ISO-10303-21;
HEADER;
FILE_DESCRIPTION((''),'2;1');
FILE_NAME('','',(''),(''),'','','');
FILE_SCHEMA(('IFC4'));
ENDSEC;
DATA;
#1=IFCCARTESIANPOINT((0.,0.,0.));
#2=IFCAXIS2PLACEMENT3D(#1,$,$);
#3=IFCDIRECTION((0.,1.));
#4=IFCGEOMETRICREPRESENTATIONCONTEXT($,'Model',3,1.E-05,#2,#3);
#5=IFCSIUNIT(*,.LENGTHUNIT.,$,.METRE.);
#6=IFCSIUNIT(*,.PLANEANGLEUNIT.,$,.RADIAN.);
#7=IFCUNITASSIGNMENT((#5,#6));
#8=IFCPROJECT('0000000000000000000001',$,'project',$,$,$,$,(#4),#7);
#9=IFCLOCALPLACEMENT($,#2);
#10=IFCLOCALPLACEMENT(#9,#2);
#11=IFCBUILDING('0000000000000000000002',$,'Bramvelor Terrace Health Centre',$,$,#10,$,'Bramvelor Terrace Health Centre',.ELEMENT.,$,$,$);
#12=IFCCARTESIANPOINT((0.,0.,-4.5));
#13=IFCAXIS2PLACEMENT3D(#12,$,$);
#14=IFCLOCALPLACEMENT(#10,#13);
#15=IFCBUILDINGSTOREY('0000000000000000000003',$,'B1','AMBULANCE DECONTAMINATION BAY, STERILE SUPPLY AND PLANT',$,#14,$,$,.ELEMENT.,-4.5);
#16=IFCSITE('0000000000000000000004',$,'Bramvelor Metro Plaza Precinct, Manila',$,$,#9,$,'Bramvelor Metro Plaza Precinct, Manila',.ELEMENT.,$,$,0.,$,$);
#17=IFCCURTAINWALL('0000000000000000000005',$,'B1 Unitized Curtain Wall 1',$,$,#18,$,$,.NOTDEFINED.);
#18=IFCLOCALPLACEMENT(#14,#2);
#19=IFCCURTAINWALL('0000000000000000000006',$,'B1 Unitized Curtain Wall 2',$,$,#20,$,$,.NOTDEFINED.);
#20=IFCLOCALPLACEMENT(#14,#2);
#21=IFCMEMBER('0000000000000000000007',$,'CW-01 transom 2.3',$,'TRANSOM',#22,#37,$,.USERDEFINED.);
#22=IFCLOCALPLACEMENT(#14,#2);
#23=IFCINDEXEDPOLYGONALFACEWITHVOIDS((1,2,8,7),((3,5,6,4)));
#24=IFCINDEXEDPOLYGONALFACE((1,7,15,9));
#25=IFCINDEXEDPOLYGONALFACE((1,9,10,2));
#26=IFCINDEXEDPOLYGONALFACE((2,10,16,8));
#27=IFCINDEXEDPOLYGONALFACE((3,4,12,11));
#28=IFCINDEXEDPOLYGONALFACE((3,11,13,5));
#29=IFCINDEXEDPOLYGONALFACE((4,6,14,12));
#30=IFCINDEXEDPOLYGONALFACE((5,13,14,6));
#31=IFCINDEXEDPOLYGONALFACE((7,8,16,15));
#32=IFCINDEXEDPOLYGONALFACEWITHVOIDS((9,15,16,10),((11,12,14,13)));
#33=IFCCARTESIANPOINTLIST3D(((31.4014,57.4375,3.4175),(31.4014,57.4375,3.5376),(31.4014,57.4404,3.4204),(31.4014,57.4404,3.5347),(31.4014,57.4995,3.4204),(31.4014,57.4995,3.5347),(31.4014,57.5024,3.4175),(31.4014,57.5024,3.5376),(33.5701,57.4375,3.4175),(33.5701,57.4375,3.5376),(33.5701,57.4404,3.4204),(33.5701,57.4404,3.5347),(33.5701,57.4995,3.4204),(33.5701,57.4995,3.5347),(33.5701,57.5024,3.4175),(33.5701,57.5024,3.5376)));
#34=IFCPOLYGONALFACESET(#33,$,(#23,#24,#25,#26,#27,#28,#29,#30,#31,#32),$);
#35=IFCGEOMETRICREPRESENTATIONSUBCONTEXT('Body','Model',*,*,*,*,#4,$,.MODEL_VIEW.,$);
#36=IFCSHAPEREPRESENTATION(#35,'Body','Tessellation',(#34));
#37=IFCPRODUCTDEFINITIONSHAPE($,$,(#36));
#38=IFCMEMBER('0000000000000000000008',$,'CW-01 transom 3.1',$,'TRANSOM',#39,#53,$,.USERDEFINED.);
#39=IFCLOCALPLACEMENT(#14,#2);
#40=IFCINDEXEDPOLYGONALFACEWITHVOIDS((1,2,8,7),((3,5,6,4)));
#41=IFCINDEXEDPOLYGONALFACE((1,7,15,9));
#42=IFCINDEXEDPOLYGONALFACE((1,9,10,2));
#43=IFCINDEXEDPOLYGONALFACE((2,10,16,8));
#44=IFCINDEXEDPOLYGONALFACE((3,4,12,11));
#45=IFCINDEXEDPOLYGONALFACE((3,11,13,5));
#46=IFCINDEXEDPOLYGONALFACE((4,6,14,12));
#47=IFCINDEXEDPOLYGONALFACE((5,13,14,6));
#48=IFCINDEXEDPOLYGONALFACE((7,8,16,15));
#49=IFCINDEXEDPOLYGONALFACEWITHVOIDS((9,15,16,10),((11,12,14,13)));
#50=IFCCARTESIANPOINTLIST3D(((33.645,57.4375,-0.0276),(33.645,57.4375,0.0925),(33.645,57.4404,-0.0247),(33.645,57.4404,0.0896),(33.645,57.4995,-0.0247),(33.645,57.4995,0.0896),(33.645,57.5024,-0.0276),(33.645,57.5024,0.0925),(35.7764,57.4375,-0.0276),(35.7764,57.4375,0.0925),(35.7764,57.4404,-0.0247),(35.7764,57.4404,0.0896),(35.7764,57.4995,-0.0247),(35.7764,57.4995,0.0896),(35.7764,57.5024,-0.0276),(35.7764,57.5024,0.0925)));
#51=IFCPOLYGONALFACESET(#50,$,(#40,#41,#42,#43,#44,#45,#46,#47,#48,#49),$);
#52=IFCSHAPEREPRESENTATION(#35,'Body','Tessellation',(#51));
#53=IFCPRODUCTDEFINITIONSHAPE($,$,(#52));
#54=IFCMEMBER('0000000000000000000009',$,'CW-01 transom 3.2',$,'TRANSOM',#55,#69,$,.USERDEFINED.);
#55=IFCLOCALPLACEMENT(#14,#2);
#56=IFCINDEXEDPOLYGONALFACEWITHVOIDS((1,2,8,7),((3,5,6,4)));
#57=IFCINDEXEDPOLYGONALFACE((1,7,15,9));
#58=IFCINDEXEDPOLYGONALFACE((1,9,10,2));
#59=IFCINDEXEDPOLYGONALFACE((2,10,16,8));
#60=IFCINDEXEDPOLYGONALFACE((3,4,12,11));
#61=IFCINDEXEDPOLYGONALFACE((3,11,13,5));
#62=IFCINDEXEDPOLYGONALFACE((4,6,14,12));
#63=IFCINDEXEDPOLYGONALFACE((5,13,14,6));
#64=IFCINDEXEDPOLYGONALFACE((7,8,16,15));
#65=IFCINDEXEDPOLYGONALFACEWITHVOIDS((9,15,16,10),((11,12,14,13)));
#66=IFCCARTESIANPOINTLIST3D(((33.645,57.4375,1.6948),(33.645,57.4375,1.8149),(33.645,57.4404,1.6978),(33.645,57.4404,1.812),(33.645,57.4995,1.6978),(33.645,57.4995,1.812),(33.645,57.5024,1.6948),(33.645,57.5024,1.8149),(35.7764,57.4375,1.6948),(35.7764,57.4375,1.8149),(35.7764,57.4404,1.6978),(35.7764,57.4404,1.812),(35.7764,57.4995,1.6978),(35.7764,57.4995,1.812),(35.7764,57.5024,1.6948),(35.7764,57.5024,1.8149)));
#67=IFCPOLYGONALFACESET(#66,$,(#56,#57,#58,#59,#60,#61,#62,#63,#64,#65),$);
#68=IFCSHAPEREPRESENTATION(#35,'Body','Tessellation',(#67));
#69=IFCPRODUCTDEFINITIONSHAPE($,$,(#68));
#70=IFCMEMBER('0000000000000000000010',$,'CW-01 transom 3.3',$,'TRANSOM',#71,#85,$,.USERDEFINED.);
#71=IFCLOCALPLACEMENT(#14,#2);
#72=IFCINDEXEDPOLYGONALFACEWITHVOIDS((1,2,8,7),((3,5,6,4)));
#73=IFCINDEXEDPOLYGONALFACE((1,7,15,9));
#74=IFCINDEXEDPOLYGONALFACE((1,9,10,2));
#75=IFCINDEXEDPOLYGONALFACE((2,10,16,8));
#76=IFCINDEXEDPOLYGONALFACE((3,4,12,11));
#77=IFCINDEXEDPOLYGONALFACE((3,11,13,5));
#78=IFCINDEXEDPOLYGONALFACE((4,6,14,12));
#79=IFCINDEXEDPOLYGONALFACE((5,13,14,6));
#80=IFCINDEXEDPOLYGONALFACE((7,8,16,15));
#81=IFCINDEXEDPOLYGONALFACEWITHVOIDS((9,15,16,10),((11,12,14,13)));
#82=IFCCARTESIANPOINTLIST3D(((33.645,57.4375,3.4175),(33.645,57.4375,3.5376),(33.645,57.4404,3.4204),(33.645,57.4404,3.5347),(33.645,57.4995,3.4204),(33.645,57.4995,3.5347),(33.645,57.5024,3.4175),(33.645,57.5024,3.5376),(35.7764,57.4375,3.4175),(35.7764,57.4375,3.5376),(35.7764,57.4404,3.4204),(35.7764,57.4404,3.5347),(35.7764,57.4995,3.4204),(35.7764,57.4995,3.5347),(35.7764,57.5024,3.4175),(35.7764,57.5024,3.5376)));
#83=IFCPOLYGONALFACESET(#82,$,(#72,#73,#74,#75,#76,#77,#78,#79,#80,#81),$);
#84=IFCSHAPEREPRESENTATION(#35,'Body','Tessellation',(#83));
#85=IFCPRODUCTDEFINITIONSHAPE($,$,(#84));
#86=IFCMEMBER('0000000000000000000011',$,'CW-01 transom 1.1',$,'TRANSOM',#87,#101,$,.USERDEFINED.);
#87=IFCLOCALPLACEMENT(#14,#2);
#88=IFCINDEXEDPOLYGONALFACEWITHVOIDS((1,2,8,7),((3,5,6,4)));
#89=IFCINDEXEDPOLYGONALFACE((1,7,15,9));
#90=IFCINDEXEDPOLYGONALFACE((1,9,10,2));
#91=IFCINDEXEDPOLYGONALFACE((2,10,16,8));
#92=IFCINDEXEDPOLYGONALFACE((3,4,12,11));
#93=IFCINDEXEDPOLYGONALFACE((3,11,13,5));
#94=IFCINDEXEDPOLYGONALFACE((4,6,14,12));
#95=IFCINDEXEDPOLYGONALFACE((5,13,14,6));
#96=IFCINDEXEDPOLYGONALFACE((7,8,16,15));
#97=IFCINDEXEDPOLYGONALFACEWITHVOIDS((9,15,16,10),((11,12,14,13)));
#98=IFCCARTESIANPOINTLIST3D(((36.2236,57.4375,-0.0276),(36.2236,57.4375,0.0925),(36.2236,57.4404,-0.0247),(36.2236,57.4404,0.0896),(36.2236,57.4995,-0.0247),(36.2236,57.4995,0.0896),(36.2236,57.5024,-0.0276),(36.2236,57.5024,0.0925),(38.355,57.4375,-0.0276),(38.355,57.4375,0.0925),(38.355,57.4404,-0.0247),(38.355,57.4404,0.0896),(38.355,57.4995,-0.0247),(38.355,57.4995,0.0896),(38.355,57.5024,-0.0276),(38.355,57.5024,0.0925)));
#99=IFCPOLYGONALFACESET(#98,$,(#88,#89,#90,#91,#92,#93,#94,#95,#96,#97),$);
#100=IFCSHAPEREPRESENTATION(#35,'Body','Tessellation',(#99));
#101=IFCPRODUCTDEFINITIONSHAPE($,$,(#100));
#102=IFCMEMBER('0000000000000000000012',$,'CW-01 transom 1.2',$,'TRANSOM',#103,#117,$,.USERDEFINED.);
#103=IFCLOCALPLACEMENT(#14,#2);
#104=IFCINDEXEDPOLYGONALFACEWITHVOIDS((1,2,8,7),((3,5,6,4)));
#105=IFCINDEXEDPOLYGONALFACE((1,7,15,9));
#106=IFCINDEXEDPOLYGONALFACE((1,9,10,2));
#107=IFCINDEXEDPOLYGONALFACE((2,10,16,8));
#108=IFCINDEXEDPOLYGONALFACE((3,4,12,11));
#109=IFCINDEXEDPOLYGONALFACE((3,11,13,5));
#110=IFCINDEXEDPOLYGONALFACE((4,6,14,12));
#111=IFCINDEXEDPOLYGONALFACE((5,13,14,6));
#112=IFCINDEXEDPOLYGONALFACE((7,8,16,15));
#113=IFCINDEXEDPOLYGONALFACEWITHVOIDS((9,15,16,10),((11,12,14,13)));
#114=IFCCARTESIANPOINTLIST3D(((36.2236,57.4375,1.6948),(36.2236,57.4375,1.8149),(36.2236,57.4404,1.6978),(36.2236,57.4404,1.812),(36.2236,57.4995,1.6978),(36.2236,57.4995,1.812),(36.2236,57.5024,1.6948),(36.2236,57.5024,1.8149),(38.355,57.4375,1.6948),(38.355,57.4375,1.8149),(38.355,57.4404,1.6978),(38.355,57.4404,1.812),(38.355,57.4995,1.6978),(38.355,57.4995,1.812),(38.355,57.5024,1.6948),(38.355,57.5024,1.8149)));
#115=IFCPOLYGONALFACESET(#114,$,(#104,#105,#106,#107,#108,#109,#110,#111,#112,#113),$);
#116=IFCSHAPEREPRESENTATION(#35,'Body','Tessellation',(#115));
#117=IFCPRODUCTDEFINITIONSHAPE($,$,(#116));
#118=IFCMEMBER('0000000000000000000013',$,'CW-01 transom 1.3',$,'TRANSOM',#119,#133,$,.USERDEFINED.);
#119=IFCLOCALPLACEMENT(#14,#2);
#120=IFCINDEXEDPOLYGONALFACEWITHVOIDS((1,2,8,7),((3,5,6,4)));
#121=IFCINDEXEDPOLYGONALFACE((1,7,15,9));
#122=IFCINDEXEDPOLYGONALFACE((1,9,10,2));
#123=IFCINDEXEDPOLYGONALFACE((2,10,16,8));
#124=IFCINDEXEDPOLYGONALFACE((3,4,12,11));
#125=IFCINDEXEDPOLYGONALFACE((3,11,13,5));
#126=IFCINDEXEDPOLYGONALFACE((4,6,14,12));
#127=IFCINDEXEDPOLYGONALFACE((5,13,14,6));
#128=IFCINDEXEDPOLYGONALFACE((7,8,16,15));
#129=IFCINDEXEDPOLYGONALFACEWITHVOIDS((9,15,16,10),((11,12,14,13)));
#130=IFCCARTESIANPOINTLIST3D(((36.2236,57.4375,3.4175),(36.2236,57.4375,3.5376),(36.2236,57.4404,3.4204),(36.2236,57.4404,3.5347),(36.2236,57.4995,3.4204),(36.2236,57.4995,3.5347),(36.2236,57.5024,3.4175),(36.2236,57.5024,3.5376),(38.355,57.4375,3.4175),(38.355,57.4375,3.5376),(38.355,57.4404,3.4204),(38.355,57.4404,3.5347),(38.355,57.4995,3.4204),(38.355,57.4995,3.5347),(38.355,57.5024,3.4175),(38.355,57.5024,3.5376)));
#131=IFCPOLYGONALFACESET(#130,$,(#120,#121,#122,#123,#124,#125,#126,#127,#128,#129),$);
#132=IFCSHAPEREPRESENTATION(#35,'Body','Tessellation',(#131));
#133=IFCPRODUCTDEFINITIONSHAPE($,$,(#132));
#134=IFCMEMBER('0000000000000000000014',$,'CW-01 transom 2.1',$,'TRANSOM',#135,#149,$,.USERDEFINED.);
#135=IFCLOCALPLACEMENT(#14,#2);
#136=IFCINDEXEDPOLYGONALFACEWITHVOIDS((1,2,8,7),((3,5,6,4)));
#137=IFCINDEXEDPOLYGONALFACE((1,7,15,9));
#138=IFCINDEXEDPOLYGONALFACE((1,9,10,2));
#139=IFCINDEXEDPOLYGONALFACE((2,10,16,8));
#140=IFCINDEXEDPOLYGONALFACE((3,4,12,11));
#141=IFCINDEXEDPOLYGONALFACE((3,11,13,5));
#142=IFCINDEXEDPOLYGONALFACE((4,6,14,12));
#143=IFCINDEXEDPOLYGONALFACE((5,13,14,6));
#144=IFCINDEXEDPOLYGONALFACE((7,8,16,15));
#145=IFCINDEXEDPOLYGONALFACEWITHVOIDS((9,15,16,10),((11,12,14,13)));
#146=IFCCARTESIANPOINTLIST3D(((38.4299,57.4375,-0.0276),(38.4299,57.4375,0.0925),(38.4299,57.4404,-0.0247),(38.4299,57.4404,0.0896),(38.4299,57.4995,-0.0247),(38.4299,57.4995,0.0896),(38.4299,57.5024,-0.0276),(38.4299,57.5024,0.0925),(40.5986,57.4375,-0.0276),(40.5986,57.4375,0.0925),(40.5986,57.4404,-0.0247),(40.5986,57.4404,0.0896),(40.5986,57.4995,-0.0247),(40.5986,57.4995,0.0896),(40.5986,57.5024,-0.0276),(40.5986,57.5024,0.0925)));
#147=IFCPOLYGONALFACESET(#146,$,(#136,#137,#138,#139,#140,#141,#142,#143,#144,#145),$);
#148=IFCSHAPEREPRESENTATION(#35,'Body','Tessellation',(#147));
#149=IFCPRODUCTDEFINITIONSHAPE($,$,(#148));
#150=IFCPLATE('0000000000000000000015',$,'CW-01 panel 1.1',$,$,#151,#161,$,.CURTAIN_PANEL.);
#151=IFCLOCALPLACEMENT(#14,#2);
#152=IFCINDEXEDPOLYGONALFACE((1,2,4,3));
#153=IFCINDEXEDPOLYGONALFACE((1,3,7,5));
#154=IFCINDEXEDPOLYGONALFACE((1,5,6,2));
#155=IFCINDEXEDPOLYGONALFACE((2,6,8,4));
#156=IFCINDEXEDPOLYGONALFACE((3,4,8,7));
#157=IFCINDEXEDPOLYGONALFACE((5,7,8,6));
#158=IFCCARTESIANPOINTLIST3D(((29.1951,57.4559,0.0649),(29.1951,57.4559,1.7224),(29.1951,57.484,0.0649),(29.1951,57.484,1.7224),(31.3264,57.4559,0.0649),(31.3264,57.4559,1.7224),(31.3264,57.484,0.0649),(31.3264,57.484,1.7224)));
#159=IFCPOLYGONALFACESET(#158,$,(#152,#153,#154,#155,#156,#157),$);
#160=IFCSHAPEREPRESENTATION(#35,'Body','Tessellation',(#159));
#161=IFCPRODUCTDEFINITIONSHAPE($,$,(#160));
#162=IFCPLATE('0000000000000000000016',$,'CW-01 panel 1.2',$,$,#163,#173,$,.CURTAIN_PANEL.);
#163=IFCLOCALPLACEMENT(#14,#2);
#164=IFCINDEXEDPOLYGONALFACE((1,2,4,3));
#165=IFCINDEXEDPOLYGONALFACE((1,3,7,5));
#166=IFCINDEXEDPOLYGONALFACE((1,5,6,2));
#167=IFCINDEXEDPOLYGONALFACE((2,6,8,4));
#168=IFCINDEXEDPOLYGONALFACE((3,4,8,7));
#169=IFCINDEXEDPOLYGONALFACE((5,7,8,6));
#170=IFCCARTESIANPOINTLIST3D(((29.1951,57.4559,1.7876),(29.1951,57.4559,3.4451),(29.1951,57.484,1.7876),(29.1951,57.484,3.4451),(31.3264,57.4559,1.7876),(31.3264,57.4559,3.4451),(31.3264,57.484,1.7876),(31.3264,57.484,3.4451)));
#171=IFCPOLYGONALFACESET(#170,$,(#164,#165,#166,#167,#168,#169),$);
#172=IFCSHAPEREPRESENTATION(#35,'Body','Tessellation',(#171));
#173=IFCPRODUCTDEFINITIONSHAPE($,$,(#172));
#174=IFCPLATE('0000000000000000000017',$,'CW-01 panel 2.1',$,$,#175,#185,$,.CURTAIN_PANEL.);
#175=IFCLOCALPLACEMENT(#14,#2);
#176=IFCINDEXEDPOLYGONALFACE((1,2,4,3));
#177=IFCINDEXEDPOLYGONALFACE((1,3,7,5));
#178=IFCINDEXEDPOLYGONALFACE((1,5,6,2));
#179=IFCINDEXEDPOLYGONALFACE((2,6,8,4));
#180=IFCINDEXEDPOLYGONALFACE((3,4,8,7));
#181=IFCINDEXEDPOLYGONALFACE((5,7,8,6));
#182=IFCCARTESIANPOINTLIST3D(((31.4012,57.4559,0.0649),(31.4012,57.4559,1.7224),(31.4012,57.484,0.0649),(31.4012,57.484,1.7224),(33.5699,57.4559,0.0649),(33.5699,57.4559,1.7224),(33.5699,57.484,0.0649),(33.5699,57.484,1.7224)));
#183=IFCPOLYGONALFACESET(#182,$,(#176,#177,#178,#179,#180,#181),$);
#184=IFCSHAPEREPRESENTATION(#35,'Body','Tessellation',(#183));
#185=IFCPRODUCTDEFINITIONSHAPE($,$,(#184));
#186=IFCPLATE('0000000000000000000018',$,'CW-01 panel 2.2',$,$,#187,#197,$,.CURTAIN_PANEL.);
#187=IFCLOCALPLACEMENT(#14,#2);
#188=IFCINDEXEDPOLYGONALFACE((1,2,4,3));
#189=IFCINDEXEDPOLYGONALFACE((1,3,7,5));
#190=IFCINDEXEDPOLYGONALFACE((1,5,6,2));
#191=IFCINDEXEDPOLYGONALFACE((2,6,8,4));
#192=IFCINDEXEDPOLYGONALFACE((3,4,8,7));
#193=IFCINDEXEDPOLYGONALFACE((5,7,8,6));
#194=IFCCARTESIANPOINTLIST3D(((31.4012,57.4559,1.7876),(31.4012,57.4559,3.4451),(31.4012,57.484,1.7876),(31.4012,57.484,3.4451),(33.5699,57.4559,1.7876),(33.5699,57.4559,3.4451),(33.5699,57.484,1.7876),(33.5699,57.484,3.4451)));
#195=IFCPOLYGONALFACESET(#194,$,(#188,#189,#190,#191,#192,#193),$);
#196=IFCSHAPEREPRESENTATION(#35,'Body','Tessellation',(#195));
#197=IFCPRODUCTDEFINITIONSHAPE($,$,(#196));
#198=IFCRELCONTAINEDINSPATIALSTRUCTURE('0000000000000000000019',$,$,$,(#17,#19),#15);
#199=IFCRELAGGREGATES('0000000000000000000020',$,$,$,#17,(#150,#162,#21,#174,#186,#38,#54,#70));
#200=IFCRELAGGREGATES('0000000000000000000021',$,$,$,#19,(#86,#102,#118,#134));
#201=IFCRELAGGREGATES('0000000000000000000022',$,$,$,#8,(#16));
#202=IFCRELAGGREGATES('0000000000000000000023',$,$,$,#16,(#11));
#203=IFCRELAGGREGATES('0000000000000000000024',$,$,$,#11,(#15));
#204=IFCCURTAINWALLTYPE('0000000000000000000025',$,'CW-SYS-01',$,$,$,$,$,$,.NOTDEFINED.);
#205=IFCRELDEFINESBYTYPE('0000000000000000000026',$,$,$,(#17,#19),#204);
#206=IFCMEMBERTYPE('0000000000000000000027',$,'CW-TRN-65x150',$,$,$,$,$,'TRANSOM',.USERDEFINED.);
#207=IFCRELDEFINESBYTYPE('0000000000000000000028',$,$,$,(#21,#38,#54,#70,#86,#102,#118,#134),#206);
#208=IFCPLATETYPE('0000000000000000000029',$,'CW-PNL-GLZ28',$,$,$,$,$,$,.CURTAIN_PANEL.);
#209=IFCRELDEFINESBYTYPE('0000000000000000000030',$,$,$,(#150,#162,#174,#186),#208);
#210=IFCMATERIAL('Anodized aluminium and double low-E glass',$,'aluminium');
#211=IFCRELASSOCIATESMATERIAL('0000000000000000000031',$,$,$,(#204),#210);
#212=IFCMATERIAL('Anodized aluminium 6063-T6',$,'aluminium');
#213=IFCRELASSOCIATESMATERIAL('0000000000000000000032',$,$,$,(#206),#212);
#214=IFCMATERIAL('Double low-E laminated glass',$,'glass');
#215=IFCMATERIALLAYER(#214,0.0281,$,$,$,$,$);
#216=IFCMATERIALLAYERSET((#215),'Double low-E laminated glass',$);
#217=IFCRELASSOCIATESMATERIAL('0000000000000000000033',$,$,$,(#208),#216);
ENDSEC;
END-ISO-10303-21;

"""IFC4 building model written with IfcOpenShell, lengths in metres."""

from ifc_helpers import new_model, si_unit, direction, frame, origin, origin_2d, place, context, subcontext, project, spatial, rectangle, hollow_rectangle, extrude, material, layer, layer_set, material_profile, profile_set, type_object, element, aggregate, save


model = new_model("IFC4")

# Units and contexts
model_context = context("Model", 3, precision=1e-05, world=origin(), true_north=direction((0.0, 1.0)))
body_context = subcontext(model_context, "Body", "Model", "MODEL_VIEW")
ifc_project = project(units=[si_unit("LENGTHUNIT", "METRE"), si_unit("PLANEANGLEUNIT", "RADIAN")], contexts=[model_context])

# Site, building, storey
site_placement = place(None, origin())
site = spatial("IfcSite", under=ifc_project, at=site_placement, Name="Bramvelor Metro Plaza Precinct, Manila", LongName="Bramvelor Metro Plaza Precinct, Manila", CompositionType="ELEMENT", RefElevation=0.0)
building_placement = place(site_placement, origin())
building = spatial("IfcBuilding", under=site, at=building_placement, Name="Bramvelor Terrace Health Centre", LongName="Bramvelor Terrace Health Centre", CompositionType="ELEMENT")
storey_placement = place(building_placement, frame((0.0, 0.0, -4.5)))
storey = spatial("IfcBuildingStorey", under=building, at=storey_placement, Name="B1", Description="AMBULANCE DECONTAMINATION BAY, STERILE SUPPLY AND PLANT", CompositionType="ELEMENT", Elevation=-4.5)

# Curtain walls
ifc_material_1 = material(Name="Anodized aluminium and double low-E glass", Category="aluminium")
curtain_wall_type = type_object("IfcCurtainWallType", Name="CW-SYS-01", PredefinedType="NOTDEFINED", material=ifc_material_1)
curtain_wall_1_placement = place(storey_placement, origin())
curtain_wall_1 = element("IfcCurtainWall", 1, at=curtain_wall_1_placement, inside=storey, type_object=curtain_wall_type, Name="B1 Unitized Curtain Wall 1", PredefinedType="NOTDEFINED")
curtain_wall_2_placement = place(storey_placement, origin())
curtain_wall_2 = element("IfcCurtainWall", 2, at=curtain_wall_2_placement, inside=storey, type_object=curtain_wall_type, Name="B1 Unitized Curtain Wall 2", PredefinedType="NOTDEFINED")

# Members
ifc_material_2 = material(Name="Anodized aluminium 6063-T6", Category="aluminium")
ifc_material_profile_1 = material_profile(ifc_material_2, hollow_rectangle(XDim=0.0649, YDim=0.1201, WallThickness=0.0029, at=origin_2d()), Name="ALU-TRN 65x120x3.0")
ifc_profile_set_1 = profile_set([ifc_material_profile_1], Name="Anodized aluminium 6063-T6")
member_type_1 = type_object("IfcMemberType", Name="CW-TRN-65x150", ElementType="TRANSOM", PredefinedType="USERDEFINED", material=ifc_profile_set_1)
member_1_placement = place(storey_placement, frame((31.4014, 57.47, 3.4775), z_axis=(1.0, 0.0, 0.0), x_axis=(0.0, 1.0, 0.0)))
member_1 = element("IfcMember", 3, at=member_1_placement, type_object=member_type_1, Name="CW-01 transom 2.3", ObjectType="TRANSOM", PredefinedType="USERDEFINED", context=body_context, shape_type="SweptSolid", body=[
    extrude(hollow_rectangle(XDim=0.0649, YDim=0.1201, WallThickness=0.0029, at=origin_2d()), origin(), (0.0, 0.0, 1.0), 2.1687),
])
member_2_placement = place(storey_placement, frame((33.645, 57.47, 0.0325), z_axis=(1.0, 0.0, 0.0), x_axis=(0.0, 1.0, 0.0)))
member_2 = element("IfcMember", 4, at=member_2_placement, type_object=member_type_1, Name="CW-01 transom 3.1", ObjectType="TRANSOM", PredefinedType="USERDEFINED", context=body_context, shape_type="SweptSolid", body=[
    extrude(hollow_rectangle(XDim=0.0649, YDim=0.1201, WallThickness=0.0029, at=origin_2d()), origin(), (0.0, 0.0, 1.0), 2.1313),
])
member_3_placement = place(storey_placement, frame((33.645, 57.47, 1.7549), z_axis=(1.0, 0.0, 0.0), x_axis=(0.0, 1.0, 0.0)))
member_3 = element("IfcMember", 5, at=member_3_placement, type_object=member_type_1, Name="CW-01 transom 3.2", ObjectType="TRANSOM", PredefinedType="USERDEFINED", context=body_context, shape_type="SweptSolid", body=[
    extrude(hollow_rectangle(XDim=0.0649, YDim=0.1201, WallThickness=0.0029, at=origin_2d()), origin(), (0.0, 0.0, 1.0), 2.1313),
])
member_4_placement = place(storey_placement, frame((33.645, 57.47, 3.4775), z_axis=(1.0, 0.0, 0.0), x_axis=(0.0, 1.0, 0.0)))
member_4 = element("IfcMember", 6, at=member_4_placement, type_object=member_type_1, Name="CW-01 transom 3.3", ObjectType="TRANSOM", PredefinedType="USERDEFINED", context=body_context, shape_type="SweptSolid", body=[
    extrude(hollow_rectangle(XDim=0.0649, YDim=0.1201, WallThickness=0.0029, at=origin_2d()), origin(), (0.0, 0.0, 1.0), 2.1313),
])
member_5_placement = place(storey_placement, frame((36.2236, 57.47, 0.0325), z_axis=(1.0, 0.0, 0.0), x_axis=(0.0, 1.0, 0.0)))
member_5 = element("IfcMember", 7, at=member_5_placement, type_object=member_type_1, Name="CW-01 transom 1.1", ObjectType="TRANSOM", PredefinedType="USERDEFINED", context=body_context, shape_type="SweptSolid", body=[
    extrude(hollow_rectangle(XDim=0.0649, YDim=0.1201, WallThickness=0.0029, at=origin_2d()), origin(), (0.0, 0.0, 1.0), 2.1313),
])
member_6_placement = place(storey_placement, frame((36.2236, 57.47, 1.7549), z_axis=(1.0, 0.0, 0.0), x_axis=(0.0, 1.0, 0.0)))
member_6 = element("IfcMember", 8, at=member_6_placement, type_object=member_type_1, Name="CW-01 transom 1.2", ObjectType="TRANSOM", PredefinedType="USERDEFINED", context=body_context, shape_type="SweptSolid", body=[
    extrude(hollow_rectangle(XDim=0.0649, YDim=0.1201, WallThickness=0.0029, at=origin_2d()), origin(), (0.0, 0.0, 1.0), 2.1313),
])
member_7_placement = place(storey_placement, frame((36.2236, 57.47, 3.4775), z_axis=(1.0, 0.0, 0.0), x_axis=(0.0, 1.0, 0.0)))
member_7 = element("IfcMember", 9, at=member_7_placement, type_object=member_type_1, Name="CW-01 transom 1.3", ObjectType="TRANSOM", PredefinedType="USERDEFINED", context=body_context, shape_type="SweptSolid", body=[
    extrude(hollow_rectangle(XDim=0.0649, YDim=0.1201, WallThickness=0.0029, at=origin_2d()), origin(), (0.0, 0.0, 1.0), 2.1313),
])
member_8_placement = place(storey_placement, frame((38.4299, 57.47, 0.0325), z_axis=(1.0, 0.0, 0.0), x_axis=(0.0, 1.0, 0.0)))
member_8 = element("IfcMember", 10, at=member_8_placement, type_object=member_type_1, Name="CW-01 transom 2.1", ObjectType="TRANSOM", PredefinedType="USERDEFINED", context=body_context, shape_type="SweptSolid", body=[
    extrude(hollow_rectangle(XDim=0.0649, YDim=0.1201, WallThickness=0.0029, at=origin_2d()), origin(), (0.0, 0.0, 1.0), 2.1687),
])

# Plates
ifc_material_3 = material(Name="Double low-E laminated glass", Category="glass")
ifc_layer = layer(ifc_material_3, 0.0281)
ifc_layer_set = layer_set([ifc_layer], Name="Double low-E laminated glass")
plate_type = type_object("IfcPlateType", Name="CW-PNL-GLZ28", PredefinedType="CURTAIN_PANEL", material=ifc_layer_set)
plate_1_placement = place(storey_placement, frame((30.2607, 57.47, 0.0649), z_axis=(0.0, 0.0, 1.0), x_axis=(1.0, 0.0, 0.0)))
plate_1 = element("IfcPlate", 11, at=plate_1_placement, type_object=plate_type, Name="CW-01 panel 1.1", PredefinedType="CURTAIN_PANEL", context=body_context, shape_type="SweptSolid", body=[
    extrude(rectangle(XDim=2.1313, YDim=0.0281, at=origin_2d()), origin(), (0.0, 0.0, 1.0), 1.6575),
])
plate_2_placement = place(storey_placement, frame((30.2607, 57.47, 1.7876), z_axis=(0.0, 0.0, 1.0), x_axis=(1.0, 0.0, 0.0)))
plate_2 = element("IfcPlate", 12, at=plate_2_placement, type_object=plate_type, Name="CW-01 panel 1.2", PredefinedType="CURTAIN_PANEL", context=body_context, shape_type="SweptSolid", body=[
    extrude(rectangle(XDim=2.1313, YDim=0.0281, at=origin_2d()), origin(), (0.0, 0.0, 1.0), 1.6575),
])
plate_3_placement = place(storey_placement, frame((32.4856, 57.47, 0.0649), z_axis=(0.0, 0.0, 1.0), x_axis=(1.0, 0.0, 0.0)))
plate_3 = element("IfcPlate", 13, at=plate_3_placement, type_object=plate_type, Name="CW-01 panel 2.1", PredefinedType="CURTAIN_PANEL", context=body_context, shape_type="SweptSolid", body=[
    extrude(rectangle(XDim=2.1687, YDim=0.0281, at=origin_2d()), origin(), (0.0, 0.0, 1.0), 1.6575),
])
plate_4_placement = place(storey_placement, frame((32.4856, 57.47, 1.7876), z_axis=(0.0, 0.0, 1.0), x_axis=(1.0, 0.0, 0.0)))
plate_4 = element("IfcPlate", 14, at=plate_4_placement, type_object=plate_type, Name="CW-01 panel 2.2", PredefinedType="CURTAIN_PANEL", context=body_context, shape_type="SweptSolid", body=[
    extrude(rectangle(XDim=2.1687, YDim=0.0281, at=origin_2d()), origin(), (0.0, 0.0, 1.0), 1.6575),
])
aggregate(curtain_wall_1, [plate_1, plate_2, member_1, plate_3, plate_4, member_2, member_3, member_4])
aggregate(curtain_wall_2, [member_5, member_6, member_7, member_8])

save(model, "model.ifc")
